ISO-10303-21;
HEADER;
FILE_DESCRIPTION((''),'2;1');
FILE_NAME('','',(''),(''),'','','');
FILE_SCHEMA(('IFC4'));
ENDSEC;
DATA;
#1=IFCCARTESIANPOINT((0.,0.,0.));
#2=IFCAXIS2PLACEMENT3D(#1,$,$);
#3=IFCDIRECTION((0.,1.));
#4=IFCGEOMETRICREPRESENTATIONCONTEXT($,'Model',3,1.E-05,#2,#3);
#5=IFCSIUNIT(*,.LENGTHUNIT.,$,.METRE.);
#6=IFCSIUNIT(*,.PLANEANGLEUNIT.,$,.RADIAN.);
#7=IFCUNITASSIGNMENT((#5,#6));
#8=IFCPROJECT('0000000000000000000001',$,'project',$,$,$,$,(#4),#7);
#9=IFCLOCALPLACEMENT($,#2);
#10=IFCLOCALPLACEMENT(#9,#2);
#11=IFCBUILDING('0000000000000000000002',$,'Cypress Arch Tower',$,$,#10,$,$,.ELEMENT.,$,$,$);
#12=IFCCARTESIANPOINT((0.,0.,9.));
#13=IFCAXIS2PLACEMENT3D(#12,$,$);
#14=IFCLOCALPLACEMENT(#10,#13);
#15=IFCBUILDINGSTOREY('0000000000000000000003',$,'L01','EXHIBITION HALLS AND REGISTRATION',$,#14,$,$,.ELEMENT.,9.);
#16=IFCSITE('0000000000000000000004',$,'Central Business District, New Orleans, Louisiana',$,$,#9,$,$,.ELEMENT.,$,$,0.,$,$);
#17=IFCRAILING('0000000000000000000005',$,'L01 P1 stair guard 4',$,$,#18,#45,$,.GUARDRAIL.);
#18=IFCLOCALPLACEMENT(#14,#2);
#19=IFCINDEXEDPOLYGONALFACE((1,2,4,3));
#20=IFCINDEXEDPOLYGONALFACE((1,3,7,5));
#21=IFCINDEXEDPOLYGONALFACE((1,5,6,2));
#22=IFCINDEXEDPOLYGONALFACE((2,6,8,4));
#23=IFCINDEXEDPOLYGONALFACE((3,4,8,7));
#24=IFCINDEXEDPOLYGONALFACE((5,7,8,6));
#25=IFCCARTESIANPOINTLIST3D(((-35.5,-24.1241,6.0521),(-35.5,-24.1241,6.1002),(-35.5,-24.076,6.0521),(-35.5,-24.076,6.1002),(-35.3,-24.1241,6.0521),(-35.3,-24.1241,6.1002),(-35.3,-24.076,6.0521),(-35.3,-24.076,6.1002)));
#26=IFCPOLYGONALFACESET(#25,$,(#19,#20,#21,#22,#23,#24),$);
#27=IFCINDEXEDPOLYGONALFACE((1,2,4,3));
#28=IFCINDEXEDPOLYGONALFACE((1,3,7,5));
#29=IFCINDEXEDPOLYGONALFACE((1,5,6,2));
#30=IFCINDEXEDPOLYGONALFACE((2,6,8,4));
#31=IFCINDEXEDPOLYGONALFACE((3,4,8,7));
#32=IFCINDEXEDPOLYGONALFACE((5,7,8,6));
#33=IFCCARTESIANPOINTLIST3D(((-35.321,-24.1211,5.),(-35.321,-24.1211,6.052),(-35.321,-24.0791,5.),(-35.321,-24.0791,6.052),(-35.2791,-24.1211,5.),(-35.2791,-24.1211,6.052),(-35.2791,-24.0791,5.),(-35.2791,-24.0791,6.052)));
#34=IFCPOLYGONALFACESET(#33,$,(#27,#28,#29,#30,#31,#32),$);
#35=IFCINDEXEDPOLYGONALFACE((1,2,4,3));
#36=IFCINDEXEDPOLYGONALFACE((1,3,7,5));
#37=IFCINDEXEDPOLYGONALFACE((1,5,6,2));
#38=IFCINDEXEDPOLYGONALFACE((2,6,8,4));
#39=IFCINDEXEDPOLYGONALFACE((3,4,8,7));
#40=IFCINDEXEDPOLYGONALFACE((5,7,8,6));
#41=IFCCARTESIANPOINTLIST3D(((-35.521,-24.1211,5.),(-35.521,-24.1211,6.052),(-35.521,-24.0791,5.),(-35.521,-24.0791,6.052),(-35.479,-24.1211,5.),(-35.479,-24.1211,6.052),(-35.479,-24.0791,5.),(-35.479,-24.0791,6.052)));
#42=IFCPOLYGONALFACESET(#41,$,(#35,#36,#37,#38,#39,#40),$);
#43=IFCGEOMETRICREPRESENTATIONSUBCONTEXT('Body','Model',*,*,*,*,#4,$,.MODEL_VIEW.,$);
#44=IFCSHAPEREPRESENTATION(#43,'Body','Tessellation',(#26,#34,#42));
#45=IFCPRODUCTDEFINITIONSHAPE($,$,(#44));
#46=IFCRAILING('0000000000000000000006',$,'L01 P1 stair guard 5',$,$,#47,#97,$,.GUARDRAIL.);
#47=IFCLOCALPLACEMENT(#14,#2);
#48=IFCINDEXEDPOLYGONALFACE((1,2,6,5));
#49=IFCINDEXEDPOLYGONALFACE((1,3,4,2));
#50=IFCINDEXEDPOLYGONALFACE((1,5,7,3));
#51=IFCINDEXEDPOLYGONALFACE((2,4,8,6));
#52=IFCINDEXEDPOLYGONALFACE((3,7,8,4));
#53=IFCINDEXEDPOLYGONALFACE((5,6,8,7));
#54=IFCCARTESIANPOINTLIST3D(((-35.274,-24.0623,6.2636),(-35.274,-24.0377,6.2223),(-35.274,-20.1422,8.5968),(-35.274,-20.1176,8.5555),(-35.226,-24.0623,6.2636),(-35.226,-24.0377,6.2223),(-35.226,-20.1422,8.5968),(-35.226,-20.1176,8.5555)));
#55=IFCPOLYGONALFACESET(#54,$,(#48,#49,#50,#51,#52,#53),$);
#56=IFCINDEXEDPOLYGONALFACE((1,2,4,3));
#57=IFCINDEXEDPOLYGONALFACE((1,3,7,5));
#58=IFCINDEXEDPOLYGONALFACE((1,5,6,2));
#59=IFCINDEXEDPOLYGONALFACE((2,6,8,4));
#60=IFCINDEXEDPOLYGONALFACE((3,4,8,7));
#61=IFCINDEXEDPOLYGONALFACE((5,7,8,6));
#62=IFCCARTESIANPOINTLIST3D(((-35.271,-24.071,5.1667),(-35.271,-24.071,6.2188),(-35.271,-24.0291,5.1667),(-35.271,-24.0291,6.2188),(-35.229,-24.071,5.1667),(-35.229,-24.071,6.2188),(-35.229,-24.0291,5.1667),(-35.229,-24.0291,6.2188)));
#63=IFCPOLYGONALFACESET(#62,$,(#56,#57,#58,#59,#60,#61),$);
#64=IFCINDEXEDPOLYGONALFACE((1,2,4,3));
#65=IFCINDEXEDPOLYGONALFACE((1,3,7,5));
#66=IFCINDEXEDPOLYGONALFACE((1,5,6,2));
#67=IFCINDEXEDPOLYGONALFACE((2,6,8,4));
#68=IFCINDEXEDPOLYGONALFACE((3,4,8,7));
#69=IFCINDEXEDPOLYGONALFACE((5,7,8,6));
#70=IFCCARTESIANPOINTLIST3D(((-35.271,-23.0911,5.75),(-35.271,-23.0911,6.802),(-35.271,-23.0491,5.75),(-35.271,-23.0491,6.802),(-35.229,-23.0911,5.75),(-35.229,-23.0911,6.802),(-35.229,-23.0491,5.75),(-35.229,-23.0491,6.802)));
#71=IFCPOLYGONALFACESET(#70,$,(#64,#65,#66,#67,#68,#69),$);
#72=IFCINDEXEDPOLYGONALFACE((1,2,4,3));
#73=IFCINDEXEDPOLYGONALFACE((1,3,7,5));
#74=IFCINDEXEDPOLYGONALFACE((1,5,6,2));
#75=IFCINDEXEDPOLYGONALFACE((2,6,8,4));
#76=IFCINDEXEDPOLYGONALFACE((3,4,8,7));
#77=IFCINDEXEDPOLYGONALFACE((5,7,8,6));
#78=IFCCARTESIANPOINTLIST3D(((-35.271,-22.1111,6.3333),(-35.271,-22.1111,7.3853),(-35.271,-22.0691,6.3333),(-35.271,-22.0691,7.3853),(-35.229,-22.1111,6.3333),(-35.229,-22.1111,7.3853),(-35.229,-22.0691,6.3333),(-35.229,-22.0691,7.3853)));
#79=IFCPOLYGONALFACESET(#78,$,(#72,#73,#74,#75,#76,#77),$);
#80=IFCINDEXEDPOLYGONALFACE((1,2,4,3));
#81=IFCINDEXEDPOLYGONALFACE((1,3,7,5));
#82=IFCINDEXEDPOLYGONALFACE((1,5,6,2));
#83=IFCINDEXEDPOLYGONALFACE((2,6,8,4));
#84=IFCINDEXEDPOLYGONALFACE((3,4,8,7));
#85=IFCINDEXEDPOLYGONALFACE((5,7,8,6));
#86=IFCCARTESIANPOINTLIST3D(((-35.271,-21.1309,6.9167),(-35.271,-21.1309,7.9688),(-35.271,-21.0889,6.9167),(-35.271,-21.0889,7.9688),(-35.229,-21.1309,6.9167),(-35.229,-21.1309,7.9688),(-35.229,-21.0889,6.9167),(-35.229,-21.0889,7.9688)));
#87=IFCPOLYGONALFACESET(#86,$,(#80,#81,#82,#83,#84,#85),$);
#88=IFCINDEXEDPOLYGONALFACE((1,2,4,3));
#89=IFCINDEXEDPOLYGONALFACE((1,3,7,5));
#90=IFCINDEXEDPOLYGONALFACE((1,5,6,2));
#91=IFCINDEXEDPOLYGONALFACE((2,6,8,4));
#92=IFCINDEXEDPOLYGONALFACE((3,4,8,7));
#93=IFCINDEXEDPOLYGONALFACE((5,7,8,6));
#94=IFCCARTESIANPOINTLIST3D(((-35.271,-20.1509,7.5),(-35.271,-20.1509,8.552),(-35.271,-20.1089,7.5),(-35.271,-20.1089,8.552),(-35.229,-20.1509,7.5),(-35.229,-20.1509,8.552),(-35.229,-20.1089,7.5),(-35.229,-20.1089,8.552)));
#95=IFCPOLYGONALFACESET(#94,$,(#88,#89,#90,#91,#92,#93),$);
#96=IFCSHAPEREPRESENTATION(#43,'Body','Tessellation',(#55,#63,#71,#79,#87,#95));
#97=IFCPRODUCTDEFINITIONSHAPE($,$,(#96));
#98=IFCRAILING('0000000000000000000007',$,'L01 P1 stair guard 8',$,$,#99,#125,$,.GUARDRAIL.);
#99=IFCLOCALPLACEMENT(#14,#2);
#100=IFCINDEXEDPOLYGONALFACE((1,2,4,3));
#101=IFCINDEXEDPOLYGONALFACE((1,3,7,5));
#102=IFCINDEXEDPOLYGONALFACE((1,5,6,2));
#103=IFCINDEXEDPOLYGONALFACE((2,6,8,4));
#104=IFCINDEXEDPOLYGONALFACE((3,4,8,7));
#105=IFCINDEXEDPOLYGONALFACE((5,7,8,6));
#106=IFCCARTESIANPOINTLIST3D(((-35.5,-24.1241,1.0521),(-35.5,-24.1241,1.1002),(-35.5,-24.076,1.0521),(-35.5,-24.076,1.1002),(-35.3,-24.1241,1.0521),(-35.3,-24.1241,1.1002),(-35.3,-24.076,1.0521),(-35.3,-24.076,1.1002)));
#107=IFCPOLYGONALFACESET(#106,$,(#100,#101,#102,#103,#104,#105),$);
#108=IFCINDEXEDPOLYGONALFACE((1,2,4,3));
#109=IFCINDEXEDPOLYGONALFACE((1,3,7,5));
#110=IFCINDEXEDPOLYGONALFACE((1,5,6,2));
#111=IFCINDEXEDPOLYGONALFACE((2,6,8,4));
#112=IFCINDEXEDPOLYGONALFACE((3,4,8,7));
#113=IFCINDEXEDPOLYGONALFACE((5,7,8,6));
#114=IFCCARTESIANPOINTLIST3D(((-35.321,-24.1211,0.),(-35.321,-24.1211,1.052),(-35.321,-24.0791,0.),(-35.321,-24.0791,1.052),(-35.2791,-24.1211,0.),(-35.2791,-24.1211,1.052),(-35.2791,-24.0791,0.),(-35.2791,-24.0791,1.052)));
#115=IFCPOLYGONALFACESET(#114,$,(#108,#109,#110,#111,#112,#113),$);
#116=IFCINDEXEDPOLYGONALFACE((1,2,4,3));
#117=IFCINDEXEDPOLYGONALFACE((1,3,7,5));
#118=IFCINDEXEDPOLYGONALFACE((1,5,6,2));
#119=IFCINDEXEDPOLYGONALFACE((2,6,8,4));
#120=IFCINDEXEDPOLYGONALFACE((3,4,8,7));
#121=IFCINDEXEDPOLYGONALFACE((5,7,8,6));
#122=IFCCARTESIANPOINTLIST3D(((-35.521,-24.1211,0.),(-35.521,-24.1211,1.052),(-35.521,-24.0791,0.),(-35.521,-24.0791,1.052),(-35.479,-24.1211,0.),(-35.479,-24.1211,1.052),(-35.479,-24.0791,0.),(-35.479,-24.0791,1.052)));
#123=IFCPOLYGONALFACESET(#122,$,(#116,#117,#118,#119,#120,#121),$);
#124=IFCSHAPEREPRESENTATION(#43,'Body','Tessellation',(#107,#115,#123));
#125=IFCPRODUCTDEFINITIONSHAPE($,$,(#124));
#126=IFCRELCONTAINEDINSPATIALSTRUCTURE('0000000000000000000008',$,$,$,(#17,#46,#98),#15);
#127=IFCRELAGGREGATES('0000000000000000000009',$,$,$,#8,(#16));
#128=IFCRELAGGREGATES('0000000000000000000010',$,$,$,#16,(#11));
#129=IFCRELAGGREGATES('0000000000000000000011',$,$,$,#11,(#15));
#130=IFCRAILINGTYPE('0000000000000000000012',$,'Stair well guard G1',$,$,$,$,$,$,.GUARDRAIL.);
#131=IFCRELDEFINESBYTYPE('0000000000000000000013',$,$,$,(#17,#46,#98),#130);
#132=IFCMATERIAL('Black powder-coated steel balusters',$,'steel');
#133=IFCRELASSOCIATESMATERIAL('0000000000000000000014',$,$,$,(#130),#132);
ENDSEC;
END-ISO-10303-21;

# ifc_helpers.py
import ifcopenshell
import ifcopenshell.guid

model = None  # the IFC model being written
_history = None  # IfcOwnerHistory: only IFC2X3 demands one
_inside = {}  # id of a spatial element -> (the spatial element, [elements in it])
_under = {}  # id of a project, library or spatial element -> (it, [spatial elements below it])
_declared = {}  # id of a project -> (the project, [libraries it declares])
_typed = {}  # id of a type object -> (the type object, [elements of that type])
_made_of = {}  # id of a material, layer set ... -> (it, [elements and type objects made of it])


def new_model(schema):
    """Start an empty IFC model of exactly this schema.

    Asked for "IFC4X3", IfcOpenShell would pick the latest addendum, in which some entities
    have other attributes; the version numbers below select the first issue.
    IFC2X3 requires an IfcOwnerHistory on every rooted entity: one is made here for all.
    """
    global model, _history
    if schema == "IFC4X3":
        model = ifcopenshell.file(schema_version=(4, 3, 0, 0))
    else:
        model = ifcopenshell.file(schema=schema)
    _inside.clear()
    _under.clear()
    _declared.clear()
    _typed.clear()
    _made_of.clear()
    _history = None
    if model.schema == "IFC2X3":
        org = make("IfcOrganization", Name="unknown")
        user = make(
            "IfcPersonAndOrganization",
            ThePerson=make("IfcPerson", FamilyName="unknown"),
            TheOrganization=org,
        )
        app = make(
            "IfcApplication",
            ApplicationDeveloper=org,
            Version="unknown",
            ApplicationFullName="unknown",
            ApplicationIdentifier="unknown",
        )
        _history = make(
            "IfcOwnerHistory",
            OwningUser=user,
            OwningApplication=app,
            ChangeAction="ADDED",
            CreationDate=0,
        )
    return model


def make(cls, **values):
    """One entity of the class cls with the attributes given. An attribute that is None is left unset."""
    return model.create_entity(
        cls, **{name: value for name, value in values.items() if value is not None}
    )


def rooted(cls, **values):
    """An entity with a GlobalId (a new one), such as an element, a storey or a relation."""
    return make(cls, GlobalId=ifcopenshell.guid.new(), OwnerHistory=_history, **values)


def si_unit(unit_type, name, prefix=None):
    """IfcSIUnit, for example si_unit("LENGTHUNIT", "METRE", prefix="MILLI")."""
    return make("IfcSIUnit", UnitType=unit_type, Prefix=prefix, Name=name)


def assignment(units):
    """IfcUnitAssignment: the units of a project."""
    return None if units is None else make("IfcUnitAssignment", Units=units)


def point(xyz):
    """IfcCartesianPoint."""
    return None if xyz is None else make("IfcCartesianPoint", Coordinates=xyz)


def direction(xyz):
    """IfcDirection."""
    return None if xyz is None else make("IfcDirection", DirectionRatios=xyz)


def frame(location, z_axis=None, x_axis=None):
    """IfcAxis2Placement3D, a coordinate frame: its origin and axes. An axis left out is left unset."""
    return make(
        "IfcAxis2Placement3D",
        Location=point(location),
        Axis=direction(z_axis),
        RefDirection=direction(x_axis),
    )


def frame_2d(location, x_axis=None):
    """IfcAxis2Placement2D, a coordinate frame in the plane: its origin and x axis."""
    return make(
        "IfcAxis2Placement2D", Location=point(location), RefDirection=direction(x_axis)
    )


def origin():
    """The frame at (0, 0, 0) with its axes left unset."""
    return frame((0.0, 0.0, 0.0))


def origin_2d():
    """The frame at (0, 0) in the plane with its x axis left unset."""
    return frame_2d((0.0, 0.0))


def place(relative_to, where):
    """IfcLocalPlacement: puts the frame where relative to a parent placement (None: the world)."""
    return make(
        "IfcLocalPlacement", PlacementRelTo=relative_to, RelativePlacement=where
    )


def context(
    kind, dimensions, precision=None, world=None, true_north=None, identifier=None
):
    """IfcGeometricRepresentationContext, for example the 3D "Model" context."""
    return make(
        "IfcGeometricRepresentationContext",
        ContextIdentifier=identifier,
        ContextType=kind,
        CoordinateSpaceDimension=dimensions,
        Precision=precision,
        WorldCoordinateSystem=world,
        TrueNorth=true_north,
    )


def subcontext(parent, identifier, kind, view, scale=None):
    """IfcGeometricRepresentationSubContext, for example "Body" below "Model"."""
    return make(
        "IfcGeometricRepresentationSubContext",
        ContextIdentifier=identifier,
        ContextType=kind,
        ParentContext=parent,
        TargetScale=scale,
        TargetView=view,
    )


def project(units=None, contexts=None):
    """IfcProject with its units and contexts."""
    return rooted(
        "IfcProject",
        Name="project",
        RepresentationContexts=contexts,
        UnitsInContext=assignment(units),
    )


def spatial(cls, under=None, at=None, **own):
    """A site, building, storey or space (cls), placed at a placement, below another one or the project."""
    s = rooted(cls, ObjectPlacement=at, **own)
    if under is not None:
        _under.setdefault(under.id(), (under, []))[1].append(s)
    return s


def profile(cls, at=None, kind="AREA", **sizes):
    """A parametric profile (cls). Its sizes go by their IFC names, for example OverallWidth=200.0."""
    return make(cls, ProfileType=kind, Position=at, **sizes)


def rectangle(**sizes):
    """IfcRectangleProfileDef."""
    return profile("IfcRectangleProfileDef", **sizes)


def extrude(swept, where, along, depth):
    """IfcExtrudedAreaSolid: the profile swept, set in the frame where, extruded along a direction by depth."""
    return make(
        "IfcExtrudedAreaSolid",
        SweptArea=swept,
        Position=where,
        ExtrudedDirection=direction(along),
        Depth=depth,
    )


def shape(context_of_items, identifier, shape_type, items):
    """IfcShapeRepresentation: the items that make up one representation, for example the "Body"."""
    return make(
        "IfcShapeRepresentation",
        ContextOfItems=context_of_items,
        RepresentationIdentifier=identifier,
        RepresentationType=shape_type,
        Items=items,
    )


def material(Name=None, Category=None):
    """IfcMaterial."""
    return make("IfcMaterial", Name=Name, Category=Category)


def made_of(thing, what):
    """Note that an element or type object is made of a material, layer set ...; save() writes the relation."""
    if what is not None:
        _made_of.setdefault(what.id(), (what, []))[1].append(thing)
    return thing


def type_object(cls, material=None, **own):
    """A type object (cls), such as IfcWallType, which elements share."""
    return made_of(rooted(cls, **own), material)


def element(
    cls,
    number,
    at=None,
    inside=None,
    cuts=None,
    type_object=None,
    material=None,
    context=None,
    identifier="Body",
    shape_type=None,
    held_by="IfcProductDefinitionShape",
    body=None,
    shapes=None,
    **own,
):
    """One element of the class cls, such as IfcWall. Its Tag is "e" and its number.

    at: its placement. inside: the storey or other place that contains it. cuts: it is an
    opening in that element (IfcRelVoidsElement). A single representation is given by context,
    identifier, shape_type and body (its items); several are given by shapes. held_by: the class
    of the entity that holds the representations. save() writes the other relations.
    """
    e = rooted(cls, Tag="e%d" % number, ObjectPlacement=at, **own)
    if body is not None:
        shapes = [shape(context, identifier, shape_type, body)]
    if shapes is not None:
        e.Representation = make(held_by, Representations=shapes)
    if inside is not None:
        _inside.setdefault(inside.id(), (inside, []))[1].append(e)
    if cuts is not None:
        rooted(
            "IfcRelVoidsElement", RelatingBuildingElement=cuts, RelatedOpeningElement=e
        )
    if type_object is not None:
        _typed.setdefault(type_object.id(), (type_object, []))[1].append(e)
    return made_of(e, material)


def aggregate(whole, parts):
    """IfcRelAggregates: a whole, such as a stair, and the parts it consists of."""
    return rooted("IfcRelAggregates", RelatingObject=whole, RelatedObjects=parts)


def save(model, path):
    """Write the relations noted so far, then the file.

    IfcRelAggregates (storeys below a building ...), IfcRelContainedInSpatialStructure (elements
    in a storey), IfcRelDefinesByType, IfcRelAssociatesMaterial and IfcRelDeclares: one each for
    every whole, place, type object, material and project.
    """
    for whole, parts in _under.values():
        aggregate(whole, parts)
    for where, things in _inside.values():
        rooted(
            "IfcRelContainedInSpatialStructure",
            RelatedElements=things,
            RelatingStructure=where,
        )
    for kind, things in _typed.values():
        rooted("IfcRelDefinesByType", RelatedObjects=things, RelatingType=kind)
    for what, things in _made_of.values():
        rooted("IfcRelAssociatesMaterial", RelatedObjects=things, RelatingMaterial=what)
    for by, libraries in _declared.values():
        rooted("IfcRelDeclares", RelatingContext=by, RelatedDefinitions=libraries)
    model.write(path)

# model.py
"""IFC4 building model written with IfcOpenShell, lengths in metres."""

from ifc_helpers import new_model, si_unit, direction, frame, origin, origin_2d, place, context, subcontext, project, spatial, rectangle, extrude, material, type_object, element, save


model = new_model("IFC4")

# Units and contexts
model_context = context("Model", 3, precision=1e-05, world=origin(), true_north=direction((0.0, 1.0)))
body_context = subcontext(model_context, "Body", "Model", "MODEL_VIEW")
ifc_project = project(units=[si_unit("LENGTHUNIT", "METRE"), si_unit("PLANEANGLEUNIT", "RADIAN")], contexts=[model_context])

# Site, building, storey
site_placement = place(None, origin())
site = spatial("IfcSite", under=ifc_project, at=site_placement, Name="Central Business District, New Orleans, Louisiana", CompositionType="ELEMENT", RefElevation=0.0)
building_placement = place(site_placement, origin())
building = spatial("IfcBuilding", under=site, at=building_placement, Name="Cypress Arch Tower", CompositionType="ELEMENT")
storey_placement = place(building_placement, frame((0.0, 0.0, 9.0)))
storey = spatial("IfcBuildingStorey", under=building, at=storey_placement, Name="L01", Description="EXHIBITION HALLS AND REGISTRATION", CompositionType="ELEMENT", Elevation=9.0)

# Railings
ifc_material_1 = material(Name="Black powder-coated steel balusters", Category="steel")
railing_type_1 = type_object("IfcRailingType", Name="Stair well guard G1", PredefinedType="GUARDRAIL", material=ifc_material_1)
railing_1_placement = place(storey_placement, frame((-35.3, -24.1001, 5.0)))
element("IfcRailing", 1, at=railing_1_placement, inside=storey, type_object=railing_type_1, Name="L01 P1 stair guard 4", PredefinedType="GUARDRAIL", context=body_context, shape_type="SweptSolid", body=[
    extrude(rectangle(XDim=0.0481, YDim=0.0481, at=origin_2d()), frame((0.0, 0.0, 1.0762), z_axis=(-1.0, 0.0, 0.0), x_axis=(0.0, -1.0, 0.0)), (0.0, 0.0, 1.0), 0.2),
    extrude(rectangle(XDim=0.042, YDim=0.042, at=origin_2d()), origin(), (0.0, 0.0, 1.0), 1.052),
    extrude(rectangle(XDim=0.042, YDim=0.042, at=origin_2d()), frame((-0.2, 0.0, 0.0)), (0.0, 0.0, 1.0), 1.052),
])
railing_2_placement = place(storey_placement, frame((-35.25, -24.05, 5.1667)))
element("IfcRailing", 2, at=railing_2_placement, inside=storey, type_object=railing_type_1, Name="L01 P1 stair guard 5", PredefinedType="GUARDRAIL", context=body_context, shape_type="SweptSolid", body=[
    extrude(rectangle(XDim=0.0481, YDim=0.0481, at=origin_2d()), frame((0.0, 0.0, 1.0762), z_axis=(0.0, 0.85931, 0.511455), x_axis=(-1.0, 0.0, 0.0)), (0.0, 0.0, 1.0), 4.562),
    extrude(rectangle(XDim=0.042, YDim=0.042, at=origin_2d()), origin(), (0.0, 0.0, 1.0), 1.052),
    extrude(rectangle(XDim=0.042, YDim=0.042, at=origin_2d()), frame((0.0, 0.98, 0.5833)), (0.0, 0.0, 1.0), 1.052),
    extrude(rectangle(XDim=0.042, YDim=0.042, at=origin_2d()), frame((0.0, 1.96, 1.1665)), (0.0, 0.0, 1.0), 1.052),
    extrude(rectangle(XDim=0.042, YDim=0.042, at=origin_2d()), frame((0.0, 2.9402, 1.75)), (0.0, 0.0, 1.0), 1.052),
    extrude(rectangle(XDim=0.042, YDim=0.042, at=origin_2d()), frame((0.0, 3.9202, 2.3333)), (0.0, 0.0, 1.0), 1.052),
])
railing_3_placement = place(storey_placement, frame((-35.3, -24.1001, 0.0)))
element("IfcRailing", 3, at=railing_3_placement, inside=storey, type_object=railing_type_1, Name="L01 P1 stair guard 8", PredefinedType="GUARDRAIL", context=body_context, shape_type="SweptSolid", body=[
    extrude(rectangle(XDim=0.0481, YDim=0.0481, at=origin_2d()), frame((0.0, 0.0, 1.0762), z_axis=(-1.0, 0.0, 0.0), x_axis=(0.0, -1.0, 0.0)), (0.0, 0.0, 1.0), 0.2),
    extrude(rectangle(XDim=0.042, YDim=0.042, at=origin_2d()), origin(), (0.0, 0.0, 1.0), 1.052),
    extrude(rectangle(XDim=0.042, YDim=0.042, at=origin_2d()), frame((-0.2, 0.0, 0.0)), (0.0, 0.0, 1.0), 1.052),
])

save(model, "model.ifc")
